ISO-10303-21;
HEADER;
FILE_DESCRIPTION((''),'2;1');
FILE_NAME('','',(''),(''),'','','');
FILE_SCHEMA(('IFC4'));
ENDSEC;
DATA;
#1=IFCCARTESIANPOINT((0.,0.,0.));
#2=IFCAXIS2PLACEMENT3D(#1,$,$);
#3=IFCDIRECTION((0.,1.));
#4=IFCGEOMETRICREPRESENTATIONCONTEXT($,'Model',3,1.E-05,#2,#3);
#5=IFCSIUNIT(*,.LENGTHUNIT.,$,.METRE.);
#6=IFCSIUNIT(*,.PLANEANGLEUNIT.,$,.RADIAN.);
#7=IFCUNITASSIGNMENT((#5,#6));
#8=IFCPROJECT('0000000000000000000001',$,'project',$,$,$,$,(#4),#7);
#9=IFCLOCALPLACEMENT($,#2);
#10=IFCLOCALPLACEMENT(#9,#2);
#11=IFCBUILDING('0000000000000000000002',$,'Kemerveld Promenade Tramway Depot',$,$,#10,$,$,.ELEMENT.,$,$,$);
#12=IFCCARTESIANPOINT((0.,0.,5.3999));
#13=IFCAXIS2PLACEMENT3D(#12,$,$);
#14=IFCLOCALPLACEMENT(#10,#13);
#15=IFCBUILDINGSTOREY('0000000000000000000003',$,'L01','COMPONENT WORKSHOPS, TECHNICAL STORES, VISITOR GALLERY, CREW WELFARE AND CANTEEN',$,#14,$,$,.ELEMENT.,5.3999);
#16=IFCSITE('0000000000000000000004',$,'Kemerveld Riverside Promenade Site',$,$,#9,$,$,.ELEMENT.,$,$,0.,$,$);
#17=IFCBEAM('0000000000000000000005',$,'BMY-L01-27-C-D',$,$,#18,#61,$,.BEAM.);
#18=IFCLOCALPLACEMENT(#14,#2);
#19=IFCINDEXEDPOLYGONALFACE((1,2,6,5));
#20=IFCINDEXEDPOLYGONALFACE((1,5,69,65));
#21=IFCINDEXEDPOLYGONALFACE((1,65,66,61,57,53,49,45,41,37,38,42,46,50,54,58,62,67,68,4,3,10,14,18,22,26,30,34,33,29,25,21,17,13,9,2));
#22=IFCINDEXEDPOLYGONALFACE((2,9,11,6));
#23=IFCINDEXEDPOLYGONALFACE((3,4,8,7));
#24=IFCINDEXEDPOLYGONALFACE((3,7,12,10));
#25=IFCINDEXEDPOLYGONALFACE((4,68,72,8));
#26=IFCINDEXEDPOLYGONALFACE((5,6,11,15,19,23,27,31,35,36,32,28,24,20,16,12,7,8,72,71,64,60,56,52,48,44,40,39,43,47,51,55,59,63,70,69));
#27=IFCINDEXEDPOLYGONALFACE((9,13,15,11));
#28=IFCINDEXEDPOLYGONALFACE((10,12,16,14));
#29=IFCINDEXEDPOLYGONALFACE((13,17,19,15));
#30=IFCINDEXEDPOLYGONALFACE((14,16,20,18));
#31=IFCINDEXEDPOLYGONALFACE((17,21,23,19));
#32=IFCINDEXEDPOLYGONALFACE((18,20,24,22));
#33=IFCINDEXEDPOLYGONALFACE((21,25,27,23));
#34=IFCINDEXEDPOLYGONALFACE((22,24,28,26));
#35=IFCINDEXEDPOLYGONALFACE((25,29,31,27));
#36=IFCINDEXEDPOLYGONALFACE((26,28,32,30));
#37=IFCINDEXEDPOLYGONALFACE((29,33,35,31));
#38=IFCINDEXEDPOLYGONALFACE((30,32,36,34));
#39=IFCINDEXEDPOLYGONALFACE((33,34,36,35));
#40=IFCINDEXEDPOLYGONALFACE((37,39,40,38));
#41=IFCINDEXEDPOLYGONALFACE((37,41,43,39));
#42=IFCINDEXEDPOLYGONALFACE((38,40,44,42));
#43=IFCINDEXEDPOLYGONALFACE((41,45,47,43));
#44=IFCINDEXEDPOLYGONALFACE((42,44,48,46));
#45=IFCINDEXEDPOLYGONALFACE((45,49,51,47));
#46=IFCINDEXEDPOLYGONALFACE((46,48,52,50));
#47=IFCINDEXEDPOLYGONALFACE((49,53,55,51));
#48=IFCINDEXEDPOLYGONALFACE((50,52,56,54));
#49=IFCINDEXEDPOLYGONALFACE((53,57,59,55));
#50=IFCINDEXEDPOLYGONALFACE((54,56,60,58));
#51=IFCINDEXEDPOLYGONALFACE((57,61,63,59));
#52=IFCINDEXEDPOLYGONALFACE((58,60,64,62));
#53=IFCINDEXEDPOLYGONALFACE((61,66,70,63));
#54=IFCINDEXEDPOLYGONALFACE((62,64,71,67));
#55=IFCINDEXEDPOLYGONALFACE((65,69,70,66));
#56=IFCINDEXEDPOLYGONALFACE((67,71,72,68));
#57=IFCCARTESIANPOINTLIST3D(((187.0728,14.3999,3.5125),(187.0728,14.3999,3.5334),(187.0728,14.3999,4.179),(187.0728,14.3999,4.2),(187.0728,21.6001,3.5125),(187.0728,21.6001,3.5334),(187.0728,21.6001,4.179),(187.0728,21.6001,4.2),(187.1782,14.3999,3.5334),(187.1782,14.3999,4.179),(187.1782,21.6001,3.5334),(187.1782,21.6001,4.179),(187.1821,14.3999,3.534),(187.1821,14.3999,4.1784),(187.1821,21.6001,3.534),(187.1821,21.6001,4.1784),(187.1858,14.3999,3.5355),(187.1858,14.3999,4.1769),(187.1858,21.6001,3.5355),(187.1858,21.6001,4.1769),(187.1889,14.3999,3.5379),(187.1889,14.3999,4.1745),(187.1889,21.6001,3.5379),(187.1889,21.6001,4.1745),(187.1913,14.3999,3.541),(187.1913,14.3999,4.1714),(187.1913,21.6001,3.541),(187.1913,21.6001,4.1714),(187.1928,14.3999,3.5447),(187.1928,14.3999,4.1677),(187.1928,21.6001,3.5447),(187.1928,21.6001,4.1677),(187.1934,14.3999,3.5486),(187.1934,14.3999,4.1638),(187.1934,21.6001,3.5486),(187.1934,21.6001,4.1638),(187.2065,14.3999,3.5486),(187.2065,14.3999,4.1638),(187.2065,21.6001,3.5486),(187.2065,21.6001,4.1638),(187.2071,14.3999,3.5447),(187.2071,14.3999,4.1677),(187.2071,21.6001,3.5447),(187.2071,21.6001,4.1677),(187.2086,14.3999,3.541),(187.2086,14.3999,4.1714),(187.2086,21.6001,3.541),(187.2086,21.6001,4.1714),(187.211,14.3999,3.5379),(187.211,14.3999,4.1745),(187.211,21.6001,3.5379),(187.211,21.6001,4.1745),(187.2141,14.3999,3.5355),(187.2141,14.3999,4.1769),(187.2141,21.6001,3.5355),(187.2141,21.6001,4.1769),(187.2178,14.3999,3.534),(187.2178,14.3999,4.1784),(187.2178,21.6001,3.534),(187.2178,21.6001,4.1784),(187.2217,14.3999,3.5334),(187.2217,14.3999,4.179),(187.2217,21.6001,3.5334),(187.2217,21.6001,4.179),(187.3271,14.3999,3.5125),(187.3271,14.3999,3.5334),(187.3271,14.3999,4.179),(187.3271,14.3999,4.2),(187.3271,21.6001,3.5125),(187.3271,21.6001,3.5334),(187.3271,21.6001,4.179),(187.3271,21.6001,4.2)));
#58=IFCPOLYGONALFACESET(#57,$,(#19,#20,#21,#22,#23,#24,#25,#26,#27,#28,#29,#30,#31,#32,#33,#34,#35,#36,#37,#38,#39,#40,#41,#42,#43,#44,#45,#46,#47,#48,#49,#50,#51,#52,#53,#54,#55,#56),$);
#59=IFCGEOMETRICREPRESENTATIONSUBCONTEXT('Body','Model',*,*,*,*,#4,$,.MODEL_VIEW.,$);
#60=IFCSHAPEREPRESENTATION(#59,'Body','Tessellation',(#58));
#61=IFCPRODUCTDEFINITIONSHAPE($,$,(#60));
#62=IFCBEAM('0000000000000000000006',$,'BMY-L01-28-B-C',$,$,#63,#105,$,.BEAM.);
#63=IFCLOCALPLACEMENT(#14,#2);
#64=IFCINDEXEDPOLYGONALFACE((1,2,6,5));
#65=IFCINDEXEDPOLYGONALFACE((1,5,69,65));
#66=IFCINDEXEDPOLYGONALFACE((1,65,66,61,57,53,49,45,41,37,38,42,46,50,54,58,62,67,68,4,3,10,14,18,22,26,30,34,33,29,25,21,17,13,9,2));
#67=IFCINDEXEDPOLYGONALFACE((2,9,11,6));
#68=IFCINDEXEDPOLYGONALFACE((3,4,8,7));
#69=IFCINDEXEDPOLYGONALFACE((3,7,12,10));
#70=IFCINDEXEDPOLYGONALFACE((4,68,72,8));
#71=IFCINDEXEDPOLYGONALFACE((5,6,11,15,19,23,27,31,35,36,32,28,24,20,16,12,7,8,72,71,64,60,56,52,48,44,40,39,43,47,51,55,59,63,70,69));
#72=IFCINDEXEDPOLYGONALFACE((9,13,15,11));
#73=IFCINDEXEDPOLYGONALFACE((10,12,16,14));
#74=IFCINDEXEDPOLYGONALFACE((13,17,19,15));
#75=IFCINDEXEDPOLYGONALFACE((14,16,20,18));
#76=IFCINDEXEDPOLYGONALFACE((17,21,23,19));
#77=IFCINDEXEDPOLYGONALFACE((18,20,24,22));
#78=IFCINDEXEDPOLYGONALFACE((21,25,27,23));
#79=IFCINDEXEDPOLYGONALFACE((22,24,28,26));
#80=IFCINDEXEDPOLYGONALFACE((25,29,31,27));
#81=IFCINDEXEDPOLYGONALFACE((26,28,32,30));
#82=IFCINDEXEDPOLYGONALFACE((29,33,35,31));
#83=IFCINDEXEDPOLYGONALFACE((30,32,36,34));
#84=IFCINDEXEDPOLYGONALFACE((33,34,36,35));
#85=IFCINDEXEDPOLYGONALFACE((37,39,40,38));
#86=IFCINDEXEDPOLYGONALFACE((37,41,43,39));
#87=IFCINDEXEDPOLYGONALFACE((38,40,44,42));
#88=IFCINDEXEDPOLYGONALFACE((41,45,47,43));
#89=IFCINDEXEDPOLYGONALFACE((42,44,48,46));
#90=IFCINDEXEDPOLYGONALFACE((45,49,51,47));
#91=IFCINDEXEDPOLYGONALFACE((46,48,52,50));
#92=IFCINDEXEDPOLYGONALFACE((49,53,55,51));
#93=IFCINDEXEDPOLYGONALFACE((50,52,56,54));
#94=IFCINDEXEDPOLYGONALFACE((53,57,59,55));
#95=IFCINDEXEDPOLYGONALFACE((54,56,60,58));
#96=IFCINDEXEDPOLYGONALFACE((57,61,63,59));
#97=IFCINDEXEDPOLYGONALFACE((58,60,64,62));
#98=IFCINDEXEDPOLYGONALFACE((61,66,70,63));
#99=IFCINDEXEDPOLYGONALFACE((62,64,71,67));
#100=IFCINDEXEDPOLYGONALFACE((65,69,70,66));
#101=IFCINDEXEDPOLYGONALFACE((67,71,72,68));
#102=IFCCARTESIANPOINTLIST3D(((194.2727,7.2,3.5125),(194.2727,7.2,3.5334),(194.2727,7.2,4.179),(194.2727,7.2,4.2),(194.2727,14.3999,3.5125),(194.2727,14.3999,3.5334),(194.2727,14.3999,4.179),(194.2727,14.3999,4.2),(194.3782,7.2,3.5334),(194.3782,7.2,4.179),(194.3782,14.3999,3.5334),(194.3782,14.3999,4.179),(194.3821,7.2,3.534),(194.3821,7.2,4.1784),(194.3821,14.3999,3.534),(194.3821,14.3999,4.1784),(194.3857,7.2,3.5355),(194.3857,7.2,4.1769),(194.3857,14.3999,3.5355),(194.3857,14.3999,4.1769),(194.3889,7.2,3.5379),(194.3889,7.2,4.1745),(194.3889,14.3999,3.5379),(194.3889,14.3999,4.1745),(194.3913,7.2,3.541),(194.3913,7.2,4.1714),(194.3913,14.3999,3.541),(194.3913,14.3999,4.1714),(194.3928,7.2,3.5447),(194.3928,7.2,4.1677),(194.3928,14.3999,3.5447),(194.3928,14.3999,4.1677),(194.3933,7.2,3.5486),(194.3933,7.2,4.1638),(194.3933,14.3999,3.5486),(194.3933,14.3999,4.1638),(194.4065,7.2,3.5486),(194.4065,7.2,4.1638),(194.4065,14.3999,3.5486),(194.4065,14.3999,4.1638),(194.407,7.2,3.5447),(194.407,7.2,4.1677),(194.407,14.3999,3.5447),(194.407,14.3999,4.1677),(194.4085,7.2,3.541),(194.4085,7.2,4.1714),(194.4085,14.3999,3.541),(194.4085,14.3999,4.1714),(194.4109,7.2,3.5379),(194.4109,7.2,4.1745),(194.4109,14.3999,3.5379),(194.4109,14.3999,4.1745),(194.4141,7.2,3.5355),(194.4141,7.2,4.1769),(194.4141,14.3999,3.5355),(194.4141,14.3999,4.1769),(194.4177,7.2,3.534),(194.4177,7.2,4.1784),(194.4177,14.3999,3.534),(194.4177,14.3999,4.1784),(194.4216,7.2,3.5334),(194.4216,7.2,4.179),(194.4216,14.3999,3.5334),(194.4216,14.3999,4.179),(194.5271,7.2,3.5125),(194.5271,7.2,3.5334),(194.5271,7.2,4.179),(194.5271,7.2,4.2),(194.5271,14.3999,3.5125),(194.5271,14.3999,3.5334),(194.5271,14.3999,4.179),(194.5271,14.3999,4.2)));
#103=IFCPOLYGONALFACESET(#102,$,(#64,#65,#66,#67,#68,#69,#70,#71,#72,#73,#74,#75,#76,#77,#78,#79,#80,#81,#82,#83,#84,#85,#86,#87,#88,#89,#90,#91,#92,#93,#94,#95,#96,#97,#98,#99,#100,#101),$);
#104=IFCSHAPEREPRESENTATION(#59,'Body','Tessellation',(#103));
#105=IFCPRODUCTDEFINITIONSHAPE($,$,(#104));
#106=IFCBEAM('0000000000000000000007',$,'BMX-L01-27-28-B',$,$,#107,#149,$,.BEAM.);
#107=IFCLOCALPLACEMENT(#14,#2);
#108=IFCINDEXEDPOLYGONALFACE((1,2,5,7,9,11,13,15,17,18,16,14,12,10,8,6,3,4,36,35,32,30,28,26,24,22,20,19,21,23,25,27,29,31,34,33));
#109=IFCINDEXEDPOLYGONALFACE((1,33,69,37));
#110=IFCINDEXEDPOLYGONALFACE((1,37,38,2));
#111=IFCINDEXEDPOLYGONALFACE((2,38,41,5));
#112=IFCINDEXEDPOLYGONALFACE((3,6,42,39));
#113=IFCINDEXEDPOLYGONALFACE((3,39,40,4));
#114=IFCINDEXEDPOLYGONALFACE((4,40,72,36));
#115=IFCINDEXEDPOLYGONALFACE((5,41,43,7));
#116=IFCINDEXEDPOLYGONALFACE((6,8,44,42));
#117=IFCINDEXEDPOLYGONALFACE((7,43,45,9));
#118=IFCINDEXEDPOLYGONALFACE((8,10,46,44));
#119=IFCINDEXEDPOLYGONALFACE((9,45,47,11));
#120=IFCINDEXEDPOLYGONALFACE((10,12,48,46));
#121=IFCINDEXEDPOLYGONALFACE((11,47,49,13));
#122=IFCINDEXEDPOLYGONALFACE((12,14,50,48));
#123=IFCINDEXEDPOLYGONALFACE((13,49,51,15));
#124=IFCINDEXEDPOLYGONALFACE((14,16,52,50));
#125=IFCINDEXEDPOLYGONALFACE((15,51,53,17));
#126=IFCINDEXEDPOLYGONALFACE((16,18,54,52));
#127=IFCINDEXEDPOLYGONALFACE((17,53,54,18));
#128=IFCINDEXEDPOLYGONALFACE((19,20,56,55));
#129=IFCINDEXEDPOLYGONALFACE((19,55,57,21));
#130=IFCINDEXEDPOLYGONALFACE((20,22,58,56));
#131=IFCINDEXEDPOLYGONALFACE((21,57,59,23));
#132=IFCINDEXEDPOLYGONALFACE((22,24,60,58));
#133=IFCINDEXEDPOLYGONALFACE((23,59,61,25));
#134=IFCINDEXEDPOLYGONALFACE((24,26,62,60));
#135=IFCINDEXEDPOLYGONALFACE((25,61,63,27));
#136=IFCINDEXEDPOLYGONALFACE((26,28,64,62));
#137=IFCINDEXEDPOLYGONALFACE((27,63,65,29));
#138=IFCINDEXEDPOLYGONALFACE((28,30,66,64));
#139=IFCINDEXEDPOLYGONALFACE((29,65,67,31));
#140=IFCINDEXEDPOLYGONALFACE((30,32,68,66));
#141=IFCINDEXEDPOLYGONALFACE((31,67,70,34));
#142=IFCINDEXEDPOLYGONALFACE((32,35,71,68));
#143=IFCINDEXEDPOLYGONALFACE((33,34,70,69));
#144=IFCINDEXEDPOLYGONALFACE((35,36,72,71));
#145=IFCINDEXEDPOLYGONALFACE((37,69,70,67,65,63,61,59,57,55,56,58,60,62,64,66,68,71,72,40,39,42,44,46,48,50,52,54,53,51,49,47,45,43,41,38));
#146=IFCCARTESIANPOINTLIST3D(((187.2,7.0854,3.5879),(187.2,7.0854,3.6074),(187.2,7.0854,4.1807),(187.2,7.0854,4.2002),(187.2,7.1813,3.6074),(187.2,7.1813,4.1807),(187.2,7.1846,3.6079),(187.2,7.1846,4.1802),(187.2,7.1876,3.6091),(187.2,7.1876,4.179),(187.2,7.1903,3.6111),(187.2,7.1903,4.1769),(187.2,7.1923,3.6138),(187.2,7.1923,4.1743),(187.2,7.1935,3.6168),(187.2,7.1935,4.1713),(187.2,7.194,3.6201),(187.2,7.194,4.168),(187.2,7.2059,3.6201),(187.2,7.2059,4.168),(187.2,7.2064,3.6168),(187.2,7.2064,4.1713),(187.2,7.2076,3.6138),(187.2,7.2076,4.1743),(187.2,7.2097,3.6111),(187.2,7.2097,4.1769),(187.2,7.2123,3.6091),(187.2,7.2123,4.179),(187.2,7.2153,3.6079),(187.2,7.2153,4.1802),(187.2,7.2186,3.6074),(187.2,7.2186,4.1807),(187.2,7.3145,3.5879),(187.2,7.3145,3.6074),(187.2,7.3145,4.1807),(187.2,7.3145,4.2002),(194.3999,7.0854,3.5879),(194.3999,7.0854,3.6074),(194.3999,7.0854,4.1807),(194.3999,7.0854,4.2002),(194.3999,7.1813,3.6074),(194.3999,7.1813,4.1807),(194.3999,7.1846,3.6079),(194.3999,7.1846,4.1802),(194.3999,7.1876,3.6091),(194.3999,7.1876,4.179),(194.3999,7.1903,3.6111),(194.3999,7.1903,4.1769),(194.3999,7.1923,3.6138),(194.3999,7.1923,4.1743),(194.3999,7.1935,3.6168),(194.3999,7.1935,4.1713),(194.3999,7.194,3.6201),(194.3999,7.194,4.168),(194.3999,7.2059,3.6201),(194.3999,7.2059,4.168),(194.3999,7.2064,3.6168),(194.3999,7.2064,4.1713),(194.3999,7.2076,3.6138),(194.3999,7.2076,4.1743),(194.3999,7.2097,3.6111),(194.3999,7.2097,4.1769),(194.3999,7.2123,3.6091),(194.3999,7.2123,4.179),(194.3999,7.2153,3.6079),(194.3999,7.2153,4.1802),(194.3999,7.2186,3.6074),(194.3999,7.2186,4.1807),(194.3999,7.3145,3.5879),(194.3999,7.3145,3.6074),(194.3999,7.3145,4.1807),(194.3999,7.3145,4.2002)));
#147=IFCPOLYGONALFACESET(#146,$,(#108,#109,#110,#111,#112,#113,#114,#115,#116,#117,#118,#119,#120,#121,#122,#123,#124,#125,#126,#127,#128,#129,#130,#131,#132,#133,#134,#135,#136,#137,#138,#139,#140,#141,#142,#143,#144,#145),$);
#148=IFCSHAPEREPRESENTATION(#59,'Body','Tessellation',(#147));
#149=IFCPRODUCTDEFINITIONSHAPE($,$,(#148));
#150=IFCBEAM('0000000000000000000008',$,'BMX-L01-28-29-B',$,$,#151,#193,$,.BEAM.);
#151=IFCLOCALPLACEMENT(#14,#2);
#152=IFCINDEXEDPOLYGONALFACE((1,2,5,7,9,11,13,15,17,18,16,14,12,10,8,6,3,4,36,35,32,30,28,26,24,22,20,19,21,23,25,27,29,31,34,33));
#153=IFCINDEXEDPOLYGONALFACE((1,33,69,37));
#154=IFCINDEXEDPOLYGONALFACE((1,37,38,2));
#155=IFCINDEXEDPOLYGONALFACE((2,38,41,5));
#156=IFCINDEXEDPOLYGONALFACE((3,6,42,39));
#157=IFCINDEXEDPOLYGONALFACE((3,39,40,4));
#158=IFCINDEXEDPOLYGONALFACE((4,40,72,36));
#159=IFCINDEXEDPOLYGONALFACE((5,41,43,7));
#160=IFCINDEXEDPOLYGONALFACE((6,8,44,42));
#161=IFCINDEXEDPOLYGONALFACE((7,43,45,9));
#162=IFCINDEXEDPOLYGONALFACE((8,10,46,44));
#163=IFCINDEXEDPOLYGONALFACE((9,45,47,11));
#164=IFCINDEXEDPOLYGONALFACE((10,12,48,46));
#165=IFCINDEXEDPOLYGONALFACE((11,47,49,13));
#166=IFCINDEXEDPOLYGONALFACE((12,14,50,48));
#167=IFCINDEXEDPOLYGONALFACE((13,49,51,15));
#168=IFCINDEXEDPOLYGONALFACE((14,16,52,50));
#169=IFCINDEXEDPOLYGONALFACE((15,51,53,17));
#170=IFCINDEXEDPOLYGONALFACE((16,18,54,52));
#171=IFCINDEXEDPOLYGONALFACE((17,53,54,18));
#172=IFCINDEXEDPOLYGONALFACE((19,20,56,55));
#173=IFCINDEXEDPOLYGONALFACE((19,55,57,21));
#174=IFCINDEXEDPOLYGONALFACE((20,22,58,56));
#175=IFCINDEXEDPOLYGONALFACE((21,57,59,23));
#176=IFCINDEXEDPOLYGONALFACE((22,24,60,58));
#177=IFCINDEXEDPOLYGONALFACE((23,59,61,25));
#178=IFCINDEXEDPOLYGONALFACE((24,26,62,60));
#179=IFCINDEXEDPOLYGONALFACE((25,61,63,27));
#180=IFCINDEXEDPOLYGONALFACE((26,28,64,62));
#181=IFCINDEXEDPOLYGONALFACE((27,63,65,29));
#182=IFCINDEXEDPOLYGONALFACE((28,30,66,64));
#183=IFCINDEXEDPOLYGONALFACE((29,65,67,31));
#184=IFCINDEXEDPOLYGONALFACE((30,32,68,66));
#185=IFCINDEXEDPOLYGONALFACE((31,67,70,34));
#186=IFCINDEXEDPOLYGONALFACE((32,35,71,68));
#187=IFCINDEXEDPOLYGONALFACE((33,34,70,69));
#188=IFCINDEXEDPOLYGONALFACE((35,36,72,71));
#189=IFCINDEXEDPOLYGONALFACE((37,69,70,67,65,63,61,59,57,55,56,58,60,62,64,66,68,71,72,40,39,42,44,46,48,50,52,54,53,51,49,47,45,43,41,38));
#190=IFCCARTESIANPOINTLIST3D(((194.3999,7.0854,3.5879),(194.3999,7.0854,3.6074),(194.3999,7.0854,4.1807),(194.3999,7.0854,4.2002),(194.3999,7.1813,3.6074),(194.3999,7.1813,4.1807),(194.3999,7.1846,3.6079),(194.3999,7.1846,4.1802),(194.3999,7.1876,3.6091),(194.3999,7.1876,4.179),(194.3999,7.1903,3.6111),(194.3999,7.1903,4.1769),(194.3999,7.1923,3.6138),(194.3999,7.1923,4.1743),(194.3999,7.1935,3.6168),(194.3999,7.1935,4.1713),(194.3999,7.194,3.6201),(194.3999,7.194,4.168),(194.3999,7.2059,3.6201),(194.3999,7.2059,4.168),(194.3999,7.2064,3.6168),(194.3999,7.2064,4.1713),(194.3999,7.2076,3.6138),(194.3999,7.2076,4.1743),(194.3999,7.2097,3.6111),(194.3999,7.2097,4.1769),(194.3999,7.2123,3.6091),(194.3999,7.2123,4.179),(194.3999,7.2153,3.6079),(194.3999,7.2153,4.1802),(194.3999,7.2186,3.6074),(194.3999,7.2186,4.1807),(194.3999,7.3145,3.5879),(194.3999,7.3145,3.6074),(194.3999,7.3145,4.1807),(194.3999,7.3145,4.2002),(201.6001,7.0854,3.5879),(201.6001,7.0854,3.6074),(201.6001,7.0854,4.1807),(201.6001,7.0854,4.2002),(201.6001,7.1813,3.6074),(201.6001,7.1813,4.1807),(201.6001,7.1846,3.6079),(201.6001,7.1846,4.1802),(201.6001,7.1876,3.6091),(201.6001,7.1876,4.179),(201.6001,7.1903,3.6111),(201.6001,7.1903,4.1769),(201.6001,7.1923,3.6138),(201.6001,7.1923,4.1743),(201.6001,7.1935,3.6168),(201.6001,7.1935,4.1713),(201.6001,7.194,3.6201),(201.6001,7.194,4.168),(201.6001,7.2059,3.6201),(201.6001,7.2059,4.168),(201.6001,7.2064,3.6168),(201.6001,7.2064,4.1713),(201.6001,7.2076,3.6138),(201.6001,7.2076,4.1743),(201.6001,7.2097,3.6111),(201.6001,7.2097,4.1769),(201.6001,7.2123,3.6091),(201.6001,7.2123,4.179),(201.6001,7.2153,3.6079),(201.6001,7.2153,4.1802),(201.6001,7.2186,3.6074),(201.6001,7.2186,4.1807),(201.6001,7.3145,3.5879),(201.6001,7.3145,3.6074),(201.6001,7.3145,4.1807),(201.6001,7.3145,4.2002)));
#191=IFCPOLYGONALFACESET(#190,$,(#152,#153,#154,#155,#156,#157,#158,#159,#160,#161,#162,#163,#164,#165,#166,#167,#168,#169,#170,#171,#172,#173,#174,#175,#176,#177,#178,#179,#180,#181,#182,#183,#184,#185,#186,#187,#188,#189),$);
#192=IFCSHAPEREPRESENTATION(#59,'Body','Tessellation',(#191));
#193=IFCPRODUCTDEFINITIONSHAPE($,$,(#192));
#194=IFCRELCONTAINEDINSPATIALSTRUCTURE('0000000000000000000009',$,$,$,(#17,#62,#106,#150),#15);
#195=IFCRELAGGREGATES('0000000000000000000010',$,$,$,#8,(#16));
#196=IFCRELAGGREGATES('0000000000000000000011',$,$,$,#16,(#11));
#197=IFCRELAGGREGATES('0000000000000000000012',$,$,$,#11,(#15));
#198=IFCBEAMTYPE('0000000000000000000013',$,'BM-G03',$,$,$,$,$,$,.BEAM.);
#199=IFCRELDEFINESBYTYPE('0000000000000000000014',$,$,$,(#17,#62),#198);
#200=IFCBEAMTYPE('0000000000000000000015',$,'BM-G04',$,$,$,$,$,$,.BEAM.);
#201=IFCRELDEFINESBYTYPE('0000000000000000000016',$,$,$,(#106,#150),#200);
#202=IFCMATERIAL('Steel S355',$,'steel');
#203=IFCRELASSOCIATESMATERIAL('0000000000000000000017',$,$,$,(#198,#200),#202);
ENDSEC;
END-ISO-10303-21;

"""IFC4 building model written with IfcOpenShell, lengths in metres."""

from ifc_helpers import new_model, si_unit, direction, frame, origin, origin_2d, place, context, subcontext, project, spatial, i_section, extrude, material, material_profile, profile_set, type_object, element, save


model = new_model("IFC4")

# Units and contexts
model_context = context("Model", 3, precision=1e-05, world=origin(), true_north=direction((0.0, 1.0)))
body_context = subcontext(model_context, "Body", "Model", "MODEL_VIEW")
ifc_project = project(units=[si_unit("LENGTHUNIT", "METRE"), si_unit("PLANEANGLEUNIT", "RADIAN")], contexts=[model_context])

# Site, building, storey
site_placement = place(None, origin())
site = spatial("IfcSite", under=ifc_project, at=site_placement, Name="Kemerveld Riverside Promenade Site", CompositionType="ELEMENT", RefElevation=0.0)
building_placement = place(site_placement, origin())
building = spatial("IfcBuilding", under=site, at=building_placement, Name="Kemerveld Promenade Tramway Depot", CompositionType="ELEMENT")
storey_placement = place(building_placement, frame((0.0, 0.0, 5.3999)))
storey = spatial("IfcBuildingStorey", under=building, at=storey_placement, Name="L01", Description="COMPONENT WORKSHOPS, TECHNICAL STORES, VISITOR GALLERY, CREW WELFARE AND CANTEEN", CompositionType="ELEMENT", Elevation=5.3999)

# Shared definitions
ifc_material_1 = material(Name="Steel S355", Category="steel")

# Beams
ifc_material_profile_1 = material_profile(ifc_material_1, i_section(OverallWidth=0.2544, OverallDepth=0.6875, WebThickness=0.0132, FlangeThickness=0.021, FilletRadius=0.0151, at=origin_2d()), Name="686x254x152 UB")
ifc_profile_set_1 = profile_set([ifc_material_profile_1], Name="Steel S355")
beam_type_1 = type_object("IfcBeamType", Name="BM-G03", PredefinedType="BEAM", material=ifc_profile_set_1)
beam_1_placement = place(storey_placement, frame((187.2, 14.3999, 3.8562), z_axis=(0.0, 1.0, 0.0), x_axis=(-1.0, 0.0, 0.0)))
element("IfcBeam", 1, at=beam_1_placement, inside=storey, type_object=beam_type_1, Name="BMY-L01-27-C-D", PredefinedType="BEAM", context=body_context, shape_type="SweptSolid", body=[
    extrude(i_section(OverallWidth=0.2544, OverallDepth=0.6875, WebThickness=0.0132, FlangeThickness=0.021, FilletRadius=0.0151, at=origin_2d()), origin(), (0.0, 0.0, 1.0), 7.2002),
])
beam_2_placement = place(storey_placement, frame((194.3999, 7.2, 3.8562), z_axis=(0.0, 1.0, 0.0), x_axis=(-1.0, 0.0, 0.0)))
element("IfcBeam", 2, at=beam_2_placement, inside=storey, type_object=beam_type_1, Name="BMY-L01-28-B-C", PredefinedType="BEAM", context=body_context, shape_type="SweptSolid", body=[
    extrude(i_section(OverallWidth=0.2544, OverallDepth=0.6875, WebThickness=0.0132, FlangeThickness=0.021, FilletRadius=0.0151, at=origin_2d()), origin(), (0.0, 0.0, 1.0), 7.2),
])
ifc_material_profile_2 = material_profile(ifc_material_1, i_section(OverallWidth=0.229, OverallDepth=0.6123, WebThickness=0.012, FlangeThickness=0.0195, FilletRadius=0.0127, at=origin_2d()), Name="610x229x125 UB")
ifc_profile_set_2 = profile_set([ifc_material_profile_2], Name="Steel S355")
beam_type_2 = type_object("IfcBeamType", Name="BM-G04", PredefinedType="BEAM", material=ifc_profile_set_2)
beam_3_placement = place(storey_placement, frame((187.2, 7.2, 3.894), z_axis=(1.0, 0.0, 0.0), x_axis=(0.0, 1.0, 0.0)))
element("IfcBeam", 3, at=beam_3_placement, inside=storey, type_object=beam_type_2, Name="BMX-L01-27-28-B", PredefinedType="BEAM", context=body_context, shape_type="SweptSolid", body=[
    extrude(i_section(OverallWidth=0.229, OverallDepth=0.6123, WebThickness=0.012, FlangeThickness=0.0195, FilletRadius=0.0127, at=origin_2d()), origin(), (0.0, 0.0, 1.0), 7.2),
])
beam_4_placement = place(storey_placement, frame((194.3999, 7.2, 3.894), z_axis=(1.0, 0.0, 0.0), x_axis=(0.0, 1.0, 0.0)))
element("IfcBeam", 4, at=beam_4_placement, inside=storey, type_object=beam_type_2, Name="BMX-L01-28-29-B", PredefinedType="BEAM", context=body_context, shape_type="SweptSolid", body=[
    extrude(i_section(OverallWidth=0.229, OverallDepth=0.6123, WebThickness=0.012, FlangeThickness=0.0195, FilletRadius=0.0127, at=origin_2d()), origin(), (0.0, 0.0, 1.0), 7.2002),
])

save(model, "model.ifc")
